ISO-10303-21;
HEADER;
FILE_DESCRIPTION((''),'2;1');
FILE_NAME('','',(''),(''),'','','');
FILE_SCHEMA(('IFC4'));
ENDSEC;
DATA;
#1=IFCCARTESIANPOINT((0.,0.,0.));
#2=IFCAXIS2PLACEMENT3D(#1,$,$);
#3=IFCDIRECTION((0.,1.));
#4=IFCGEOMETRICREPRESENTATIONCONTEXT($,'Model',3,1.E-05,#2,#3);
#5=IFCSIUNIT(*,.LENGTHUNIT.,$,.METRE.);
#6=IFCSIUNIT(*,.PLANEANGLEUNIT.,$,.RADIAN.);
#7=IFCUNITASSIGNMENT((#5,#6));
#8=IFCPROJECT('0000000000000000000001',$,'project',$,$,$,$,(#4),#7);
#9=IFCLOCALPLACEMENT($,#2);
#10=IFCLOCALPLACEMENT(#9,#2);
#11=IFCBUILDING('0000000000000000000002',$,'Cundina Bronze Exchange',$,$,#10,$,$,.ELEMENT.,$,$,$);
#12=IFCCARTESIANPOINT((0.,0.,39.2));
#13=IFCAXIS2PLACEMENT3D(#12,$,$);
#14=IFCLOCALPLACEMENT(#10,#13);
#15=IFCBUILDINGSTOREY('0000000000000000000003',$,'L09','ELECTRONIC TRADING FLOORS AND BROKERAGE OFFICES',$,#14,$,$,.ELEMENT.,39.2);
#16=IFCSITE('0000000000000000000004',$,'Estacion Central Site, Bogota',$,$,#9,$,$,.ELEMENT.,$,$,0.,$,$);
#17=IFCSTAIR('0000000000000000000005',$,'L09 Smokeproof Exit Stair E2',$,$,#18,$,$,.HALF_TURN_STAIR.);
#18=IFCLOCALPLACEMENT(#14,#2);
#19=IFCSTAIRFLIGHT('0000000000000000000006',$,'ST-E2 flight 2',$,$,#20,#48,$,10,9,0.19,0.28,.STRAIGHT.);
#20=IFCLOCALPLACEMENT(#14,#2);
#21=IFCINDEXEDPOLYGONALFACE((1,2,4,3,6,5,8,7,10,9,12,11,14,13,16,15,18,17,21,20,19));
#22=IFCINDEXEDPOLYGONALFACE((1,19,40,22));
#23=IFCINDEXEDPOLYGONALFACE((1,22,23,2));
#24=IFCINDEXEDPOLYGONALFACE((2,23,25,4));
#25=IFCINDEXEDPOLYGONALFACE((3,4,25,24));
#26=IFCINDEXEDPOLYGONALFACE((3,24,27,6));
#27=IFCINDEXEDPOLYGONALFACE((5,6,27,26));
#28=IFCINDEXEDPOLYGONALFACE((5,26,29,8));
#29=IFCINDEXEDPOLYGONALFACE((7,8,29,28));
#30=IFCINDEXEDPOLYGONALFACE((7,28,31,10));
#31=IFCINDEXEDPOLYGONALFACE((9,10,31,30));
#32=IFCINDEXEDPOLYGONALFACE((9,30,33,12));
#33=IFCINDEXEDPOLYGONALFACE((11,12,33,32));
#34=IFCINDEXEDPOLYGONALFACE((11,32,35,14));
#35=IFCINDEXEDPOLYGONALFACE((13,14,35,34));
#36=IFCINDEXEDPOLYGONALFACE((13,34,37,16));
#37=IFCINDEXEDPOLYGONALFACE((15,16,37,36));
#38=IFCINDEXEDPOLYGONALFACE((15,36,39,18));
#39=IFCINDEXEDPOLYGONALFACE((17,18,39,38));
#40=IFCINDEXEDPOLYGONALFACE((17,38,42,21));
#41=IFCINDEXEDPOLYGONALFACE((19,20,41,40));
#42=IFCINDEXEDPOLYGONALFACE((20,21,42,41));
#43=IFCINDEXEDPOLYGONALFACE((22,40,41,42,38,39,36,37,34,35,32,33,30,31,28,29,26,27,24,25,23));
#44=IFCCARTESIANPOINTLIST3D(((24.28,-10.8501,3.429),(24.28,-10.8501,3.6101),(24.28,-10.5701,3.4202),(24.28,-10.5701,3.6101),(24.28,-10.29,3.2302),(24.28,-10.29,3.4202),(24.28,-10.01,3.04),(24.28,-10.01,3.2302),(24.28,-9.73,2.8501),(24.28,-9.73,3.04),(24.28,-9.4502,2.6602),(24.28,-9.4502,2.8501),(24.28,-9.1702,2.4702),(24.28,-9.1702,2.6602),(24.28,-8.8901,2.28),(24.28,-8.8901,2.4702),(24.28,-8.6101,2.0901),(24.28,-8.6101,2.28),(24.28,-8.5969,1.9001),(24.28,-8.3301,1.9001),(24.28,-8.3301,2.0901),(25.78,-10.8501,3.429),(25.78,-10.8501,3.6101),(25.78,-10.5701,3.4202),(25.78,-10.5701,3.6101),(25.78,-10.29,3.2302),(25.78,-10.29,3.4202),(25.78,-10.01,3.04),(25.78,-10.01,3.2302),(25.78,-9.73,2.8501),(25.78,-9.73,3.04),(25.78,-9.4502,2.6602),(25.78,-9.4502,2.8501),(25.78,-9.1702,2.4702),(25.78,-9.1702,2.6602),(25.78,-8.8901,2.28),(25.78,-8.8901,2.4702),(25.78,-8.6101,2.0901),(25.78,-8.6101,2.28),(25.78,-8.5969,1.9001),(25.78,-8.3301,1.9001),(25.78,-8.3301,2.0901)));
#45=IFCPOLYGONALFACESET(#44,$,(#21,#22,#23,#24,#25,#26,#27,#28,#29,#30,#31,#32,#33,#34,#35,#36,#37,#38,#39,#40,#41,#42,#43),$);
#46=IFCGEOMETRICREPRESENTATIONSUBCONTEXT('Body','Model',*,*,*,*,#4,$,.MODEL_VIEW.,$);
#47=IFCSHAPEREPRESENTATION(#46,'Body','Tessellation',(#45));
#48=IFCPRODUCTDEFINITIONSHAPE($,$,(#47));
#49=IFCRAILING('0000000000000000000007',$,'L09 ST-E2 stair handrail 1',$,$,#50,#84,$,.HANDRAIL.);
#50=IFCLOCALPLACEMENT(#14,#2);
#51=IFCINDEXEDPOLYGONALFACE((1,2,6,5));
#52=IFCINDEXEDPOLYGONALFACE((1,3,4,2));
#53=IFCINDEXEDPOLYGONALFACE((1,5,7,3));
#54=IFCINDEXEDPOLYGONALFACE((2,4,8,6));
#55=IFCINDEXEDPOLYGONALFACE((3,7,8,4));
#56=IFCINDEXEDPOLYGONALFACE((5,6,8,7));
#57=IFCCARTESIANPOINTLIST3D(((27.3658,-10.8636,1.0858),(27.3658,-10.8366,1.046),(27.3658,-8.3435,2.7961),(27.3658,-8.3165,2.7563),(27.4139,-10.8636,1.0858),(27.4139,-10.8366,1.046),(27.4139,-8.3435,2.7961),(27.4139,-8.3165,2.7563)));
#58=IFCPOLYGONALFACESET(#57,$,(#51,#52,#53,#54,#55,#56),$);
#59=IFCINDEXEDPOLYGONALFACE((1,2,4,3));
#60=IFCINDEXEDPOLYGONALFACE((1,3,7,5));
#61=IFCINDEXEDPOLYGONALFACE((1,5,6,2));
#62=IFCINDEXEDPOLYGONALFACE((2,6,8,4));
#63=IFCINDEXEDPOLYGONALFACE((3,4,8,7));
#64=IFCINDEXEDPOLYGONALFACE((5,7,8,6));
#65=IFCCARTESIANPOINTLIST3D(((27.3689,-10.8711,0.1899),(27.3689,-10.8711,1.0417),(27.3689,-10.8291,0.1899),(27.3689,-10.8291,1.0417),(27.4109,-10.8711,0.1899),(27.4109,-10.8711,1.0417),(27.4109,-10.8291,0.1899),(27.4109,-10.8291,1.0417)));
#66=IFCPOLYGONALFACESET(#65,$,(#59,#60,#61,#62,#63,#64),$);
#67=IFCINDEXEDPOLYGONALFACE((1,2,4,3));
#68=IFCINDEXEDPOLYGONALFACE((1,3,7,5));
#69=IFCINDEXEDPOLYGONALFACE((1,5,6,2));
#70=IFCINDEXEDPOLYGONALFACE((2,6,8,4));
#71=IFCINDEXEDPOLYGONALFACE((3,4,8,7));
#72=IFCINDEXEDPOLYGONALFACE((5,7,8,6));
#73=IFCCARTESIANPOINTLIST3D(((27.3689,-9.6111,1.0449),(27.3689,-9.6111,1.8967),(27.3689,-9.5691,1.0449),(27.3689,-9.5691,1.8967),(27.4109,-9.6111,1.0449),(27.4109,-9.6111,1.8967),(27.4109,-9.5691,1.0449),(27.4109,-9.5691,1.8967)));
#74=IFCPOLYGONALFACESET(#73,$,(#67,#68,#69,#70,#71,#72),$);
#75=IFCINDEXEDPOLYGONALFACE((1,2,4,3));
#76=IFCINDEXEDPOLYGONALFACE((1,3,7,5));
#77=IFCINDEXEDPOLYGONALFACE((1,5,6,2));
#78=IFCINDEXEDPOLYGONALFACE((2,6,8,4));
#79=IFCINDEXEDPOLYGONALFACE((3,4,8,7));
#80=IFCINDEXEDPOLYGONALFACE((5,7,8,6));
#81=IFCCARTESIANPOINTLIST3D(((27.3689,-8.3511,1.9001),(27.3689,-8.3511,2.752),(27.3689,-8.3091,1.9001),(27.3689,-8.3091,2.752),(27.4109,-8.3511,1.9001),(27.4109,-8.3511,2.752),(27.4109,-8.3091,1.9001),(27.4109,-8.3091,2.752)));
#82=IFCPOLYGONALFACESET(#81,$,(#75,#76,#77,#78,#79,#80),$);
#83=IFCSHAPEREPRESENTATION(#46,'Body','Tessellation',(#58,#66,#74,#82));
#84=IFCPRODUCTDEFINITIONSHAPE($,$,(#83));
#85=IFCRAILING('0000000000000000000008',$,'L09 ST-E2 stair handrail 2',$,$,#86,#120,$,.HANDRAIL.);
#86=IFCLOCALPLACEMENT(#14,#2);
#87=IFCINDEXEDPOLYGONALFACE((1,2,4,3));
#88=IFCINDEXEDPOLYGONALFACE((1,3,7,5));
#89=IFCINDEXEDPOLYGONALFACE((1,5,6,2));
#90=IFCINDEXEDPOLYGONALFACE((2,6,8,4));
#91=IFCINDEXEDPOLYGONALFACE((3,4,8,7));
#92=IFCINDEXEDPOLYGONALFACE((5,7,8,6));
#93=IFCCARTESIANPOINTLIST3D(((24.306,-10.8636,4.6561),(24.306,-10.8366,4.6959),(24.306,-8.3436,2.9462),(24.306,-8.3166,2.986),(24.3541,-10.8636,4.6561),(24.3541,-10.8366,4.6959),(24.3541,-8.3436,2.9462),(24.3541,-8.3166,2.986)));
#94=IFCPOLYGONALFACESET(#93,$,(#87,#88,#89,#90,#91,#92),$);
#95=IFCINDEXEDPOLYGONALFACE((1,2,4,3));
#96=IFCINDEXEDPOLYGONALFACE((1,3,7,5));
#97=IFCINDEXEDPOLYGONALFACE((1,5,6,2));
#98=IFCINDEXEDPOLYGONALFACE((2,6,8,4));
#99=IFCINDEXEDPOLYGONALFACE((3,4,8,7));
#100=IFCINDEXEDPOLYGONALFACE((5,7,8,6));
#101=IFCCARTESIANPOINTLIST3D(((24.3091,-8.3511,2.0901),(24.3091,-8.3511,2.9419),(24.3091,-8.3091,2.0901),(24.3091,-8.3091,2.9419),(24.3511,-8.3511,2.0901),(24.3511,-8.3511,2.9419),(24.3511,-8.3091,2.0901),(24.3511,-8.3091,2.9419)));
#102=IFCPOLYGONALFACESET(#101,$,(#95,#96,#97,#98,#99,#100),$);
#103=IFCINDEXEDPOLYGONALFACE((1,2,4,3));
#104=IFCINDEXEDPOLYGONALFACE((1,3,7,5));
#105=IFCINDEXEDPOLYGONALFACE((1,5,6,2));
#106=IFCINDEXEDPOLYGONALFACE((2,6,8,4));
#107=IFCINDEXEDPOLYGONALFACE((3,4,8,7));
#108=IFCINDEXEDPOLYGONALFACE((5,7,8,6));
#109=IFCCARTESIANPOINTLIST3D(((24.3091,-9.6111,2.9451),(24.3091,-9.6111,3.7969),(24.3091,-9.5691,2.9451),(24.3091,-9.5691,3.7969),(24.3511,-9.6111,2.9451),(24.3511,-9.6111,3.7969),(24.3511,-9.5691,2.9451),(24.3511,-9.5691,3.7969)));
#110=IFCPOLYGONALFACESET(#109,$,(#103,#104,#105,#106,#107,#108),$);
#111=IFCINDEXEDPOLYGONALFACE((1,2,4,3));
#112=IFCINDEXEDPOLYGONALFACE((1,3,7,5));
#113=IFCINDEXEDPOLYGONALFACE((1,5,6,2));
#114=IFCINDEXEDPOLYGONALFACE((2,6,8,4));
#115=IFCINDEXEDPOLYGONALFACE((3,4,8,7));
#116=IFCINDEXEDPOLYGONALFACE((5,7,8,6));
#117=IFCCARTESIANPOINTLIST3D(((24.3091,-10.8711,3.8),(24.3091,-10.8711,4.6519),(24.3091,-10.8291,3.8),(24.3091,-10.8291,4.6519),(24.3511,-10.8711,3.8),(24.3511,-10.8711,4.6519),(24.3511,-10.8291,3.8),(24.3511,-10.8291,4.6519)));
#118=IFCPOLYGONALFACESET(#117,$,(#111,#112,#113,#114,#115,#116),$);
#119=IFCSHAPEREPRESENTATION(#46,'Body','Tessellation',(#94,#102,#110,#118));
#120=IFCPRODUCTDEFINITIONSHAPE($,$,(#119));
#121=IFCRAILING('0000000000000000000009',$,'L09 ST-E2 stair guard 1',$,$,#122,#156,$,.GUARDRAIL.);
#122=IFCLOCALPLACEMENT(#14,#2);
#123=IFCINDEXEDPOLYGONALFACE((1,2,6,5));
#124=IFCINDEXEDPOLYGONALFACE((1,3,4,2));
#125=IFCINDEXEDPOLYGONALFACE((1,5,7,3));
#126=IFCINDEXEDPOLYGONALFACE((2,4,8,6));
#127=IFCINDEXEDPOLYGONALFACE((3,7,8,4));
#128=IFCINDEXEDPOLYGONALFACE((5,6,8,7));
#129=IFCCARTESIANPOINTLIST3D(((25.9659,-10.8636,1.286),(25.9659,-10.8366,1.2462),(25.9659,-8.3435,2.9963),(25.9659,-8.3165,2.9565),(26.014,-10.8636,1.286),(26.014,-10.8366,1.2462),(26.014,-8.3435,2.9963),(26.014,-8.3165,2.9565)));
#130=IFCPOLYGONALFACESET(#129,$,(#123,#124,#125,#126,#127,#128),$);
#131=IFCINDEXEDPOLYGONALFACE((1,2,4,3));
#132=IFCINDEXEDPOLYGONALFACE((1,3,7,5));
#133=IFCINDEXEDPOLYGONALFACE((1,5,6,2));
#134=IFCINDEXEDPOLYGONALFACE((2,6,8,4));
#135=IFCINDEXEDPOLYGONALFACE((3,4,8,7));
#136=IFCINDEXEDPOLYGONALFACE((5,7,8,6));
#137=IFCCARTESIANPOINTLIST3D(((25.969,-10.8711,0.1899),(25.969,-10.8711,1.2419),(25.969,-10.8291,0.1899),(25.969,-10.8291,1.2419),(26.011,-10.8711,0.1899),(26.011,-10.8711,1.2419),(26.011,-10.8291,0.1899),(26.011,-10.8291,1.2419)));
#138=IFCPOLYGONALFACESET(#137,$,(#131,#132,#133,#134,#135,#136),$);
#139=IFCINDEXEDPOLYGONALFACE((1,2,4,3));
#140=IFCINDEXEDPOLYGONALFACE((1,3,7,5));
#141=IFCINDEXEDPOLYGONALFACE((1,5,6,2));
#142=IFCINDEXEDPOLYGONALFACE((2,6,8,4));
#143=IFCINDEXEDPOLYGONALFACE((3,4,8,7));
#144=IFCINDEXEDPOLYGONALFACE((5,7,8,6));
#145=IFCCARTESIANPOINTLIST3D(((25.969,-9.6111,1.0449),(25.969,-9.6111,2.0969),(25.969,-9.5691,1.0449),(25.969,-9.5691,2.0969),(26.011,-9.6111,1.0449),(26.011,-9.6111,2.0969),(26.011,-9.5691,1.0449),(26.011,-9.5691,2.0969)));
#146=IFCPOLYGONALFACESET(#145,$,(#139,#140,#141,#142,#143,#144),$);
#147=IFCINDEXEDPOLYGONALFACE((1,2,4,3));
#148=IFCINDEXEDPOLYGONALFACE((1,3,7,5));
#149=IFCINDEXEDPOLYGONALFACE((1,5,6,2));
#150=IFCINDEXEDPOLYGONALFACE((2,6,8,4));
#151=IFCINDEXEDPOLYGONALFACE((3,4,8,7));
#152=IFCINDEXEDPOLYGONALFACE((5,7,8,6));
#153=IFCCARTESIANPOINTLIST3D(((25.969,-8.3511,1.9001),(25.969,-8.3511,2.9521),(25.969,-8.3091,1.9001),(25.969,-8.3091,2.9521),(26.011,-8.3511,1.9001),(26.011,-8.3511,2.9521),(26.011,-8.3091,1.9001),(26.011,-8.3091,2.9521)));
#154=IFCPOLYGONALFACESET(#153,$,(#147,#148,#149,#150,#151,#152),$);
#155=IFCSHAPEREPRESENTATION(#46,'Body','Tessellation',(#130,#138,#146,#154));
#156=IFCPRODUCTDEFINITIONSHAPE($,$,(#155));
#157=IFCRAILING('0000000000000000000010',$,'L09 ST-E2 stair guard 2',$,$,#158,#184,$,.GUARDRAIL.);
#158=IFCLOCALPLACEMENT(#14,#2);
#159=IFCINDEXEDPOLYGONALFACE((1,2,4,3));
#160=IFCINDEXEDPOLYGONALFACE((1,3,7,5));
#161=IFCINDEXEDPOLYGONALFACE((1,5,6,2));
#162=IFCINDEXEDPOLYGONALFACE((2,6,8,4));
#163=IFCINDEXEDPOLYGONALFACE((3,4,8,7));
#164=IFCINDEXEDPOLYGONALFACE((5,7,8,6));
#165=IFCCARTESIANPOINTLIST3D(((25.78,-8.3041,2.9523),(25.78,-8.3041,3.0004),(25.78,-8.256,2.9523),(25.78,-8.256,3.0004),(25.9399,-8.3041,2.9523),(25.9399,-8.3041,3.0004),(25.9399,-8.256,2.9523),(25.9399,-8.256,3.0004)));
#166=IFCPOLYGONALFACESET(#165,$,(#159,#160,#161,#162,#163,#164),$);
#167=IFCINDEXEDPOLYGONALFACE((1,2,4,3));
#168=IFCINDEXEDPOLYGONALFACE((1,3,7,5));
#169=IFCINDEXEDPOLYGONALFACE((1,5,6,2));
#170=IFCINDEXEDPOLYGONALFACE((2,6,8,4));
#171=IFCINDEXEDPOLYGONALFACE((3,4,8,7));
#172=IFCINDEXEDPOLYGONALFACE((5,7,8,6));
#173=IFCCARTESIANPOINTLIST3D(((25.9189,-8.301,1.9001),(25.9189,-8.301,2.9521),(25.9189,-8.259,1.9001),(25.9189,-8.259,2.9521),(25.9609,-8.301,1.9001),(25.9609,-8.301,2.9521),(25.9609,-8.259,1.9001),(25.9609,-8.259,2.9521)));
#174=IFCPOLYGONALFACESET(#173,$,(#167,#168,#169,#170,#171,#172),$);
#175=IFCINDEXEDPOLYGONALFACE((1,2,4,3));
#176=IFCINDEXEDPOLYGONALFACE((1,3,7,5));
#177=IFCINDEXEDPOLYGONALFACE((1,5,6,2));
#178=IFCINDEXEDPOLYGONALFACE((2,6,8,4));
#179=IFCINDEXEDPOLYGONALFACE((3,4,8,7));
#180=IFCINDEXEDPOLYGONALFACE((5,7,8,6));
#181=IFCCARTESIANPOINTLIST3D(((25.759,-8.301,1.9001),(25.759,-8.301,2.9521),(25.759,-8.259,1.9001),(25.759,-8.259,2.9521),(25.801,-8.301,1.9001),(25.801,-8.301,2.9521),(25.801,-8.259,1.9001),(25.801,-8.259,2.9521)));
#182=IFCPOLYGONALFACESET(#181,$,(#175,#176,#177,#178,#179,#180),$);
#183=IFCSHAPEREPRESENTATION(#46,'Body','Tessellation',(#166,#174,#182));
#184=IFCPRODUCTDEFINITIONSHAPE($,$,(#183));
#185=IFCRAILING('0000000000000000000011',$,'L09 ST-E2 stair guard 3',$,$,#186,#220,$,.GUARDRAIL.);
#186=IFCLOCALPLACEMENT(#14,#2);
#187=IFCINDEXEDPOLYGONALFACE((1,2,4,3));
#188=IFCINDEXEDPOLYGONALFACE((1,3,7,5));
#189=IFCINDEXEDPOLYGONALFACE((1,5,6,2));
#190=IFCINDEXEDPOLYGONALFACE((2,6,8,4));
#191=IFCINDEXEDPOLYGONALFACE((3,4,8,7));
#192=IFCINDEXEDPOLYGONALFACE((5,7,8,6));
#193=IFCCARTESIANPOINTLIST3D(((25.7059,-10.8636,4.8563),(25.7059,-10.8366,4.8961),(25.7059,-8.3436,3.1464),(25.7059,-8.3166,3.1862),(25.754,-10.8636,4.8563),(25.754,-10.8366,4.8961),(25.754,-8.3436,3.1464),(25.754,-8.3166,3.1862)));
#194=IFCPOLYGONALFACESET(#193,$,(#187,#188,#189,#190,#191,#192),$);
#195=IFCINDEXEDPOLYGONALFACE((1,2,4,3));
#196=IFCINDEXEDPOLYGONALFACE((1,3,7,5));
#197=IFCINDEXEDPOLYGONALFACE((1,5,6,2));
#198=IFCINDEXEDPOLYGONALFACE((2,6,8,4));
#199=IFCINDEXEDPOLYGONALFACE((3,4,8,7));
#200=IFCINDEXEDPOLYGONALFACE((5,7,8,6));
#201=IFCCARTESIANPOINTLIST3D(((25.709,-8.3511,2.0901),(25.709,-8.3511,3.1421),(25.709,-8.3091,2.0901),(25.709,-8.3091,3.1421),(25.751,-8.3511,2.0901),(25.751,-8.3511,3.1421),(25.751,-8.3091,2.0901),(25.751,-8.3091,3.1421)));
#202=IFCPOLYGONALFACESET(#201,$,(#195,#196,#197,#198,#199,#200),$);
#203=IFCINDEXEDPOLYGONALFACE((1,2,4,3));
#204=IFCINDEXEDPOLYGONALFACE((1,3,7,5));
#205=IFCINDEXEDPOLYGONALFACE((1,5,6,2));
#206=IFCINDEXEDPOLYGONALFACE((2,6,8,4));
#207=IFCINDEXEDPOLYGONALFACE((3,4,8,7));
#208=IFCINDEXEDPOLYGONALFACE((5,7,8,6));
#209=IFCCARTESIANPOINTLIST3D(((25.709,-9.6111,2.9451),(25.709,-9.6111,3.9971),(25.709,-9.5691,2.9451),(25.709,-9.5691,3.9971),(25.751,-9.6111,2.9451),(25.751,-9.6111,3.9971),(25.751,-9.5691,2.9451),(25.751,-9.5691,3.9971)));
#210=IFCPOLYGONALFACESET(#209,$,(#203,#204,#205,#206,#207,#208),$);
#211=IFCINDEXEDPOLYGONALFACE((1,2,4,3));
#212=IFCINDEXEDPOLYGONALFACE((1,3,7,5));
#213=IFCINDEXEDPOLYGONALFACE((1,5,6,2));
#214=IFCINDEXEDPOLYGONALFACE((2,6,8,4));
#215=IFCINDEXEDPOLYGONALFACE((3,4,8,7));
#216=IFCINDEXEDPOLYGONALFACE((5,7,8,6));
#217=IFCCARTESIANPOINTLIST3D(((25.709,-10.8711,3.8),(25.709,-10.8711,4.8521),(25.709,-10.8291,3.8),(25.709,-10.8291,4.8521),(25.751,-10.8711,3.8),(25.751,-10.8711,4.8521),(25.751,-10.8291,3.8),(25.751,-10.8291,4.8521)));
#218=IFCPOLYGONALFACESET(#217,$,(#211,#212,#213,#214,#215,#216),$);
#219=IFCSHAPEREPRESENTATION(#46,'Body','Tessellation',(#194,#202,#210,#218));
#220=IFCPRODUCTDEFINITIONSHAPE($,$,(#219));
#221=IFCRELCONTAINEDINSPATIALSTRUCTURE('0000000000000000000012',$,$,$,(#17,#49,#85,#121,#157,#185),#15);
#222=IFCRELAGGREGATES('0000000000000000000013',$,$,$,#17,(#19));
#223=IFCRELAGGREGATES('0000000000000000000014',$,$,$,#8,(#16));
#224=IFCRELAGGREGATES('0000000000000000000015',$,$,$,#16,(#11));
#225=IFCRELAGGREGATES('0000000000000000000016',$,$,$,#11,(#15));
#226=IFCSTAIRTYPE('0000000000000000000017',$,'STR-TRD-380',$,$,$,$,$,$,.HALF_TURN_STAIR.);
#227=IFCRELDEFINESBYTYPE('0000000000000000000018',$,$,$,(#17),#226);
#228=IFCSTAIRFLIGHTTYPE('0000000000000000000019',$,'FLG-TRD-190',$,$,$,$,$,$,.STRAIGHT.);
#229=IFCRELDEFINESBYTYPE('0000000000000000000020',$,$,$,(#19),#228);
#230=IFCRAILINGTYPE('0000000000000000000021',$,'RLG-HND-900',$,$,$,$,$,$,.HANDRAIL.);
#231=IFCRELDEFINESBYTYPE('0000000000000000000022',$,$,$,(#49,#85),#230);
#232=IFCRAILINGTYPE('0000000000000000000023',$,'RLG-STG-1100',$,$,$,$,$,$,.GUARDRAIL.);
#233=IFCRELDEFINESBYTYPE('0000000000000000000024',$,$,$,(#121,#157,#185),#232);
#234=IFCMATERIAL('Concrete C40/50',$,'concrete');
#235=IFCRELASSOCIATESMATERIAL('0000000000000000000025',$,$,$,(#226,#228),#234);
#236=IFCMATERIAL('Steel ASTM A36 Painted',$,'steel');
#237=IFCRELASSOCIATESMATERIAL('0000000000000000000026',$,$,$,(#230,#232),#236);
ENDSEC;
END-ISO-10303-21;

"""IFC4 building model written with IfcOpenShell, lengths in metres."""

from ifc_helpers import new_model, si_unit, direction, frame, origin, origin_2d, place, context, subcontext, project, spatial, polyline, rectangle, outline, extrude, material, type_object, element, aggregate, save


model = new_model("IFC4")

# Units and contexts
model_context = context("Model", 3, precision=1e-05, world=origin(), true_north=direction((0.0, 1.0)))
body_context = subcontext(model_context, "Body", "Model", "MODEL_VIEW")
ifc_project = project(units=[si_unit("LENGTHUNIT", "METRE"), si_unit("PLANEANGLEUNIT", "RADIAN")], contexts=[model_context])

# Site, building, storey
site_placement = place(None, origin())
site = spatial("IfcSite", under=ifc_project, at=site_placement, Name="Estacion Central Site, Bogota", CompositionType="ELEMENT", RefElevation=0.0)
building_placement = place(site_placement, origin())
building = spatial("IfcBuilding", under=site, at=building_placement, Name="Cundina Bronze Exchange", CompositionType="ELEMENT")
storey_placement = place(building_placement, frame((0.0, 0.0, 39.2)))
storey = spatial("IfcBuildingStorey", under=building, at=storey_placement, Name="L09", Description="ELECTRONIC TRADING FLOORS AND BROKERAGE OFFICES", CompositionType="ELEMENT", Elevation=39.2)

# Shared definitions
ifc_material_1 = material(Name="Steel ASTM A36 Painted", Category="steel")

# Stair, stair flight
ifc_material_2 = material(Name="Concrete C40/50", Category="concrete")
stair_type = type_object("IfcStairType", Name="STR-TRD-380", PredefinedType="HALF_TURN_STAIR", material=ifc_material_2)
stair_placement = place(storey_placement, origin())
stair = element("IfcStair", 1, at=stair_placement, inside=storey, type_object=stair_type, Name="L09 Smokeproof Exit Stair E2", PredefinedType="HALF_TURN_STAIR")
stair_flight_type = type_object("IfcStairFlightType", Name="FLG-TRD-190", PredefinedType="STRAIGHT", material=ifc_material_2)
stair_flight_1_placement = place(storey_placement, frame((25.03, -8.3301, 1.9001), z_axis=(0.0, 0.0, 1.0), x_axis=(0.0, -1.0, 0.0)))
stair_flight_1 = element("IfcStairFlight", 2, at=stair_flight_1_placement, type_object=stair_flight_type, Name="ST-E2 flight 2", NumberOfRisers=10, NumberOfTreads=9, PredefinedType="STRAIGHT", RiserHeight=0.19, TreadLength=0.28, context=body_context, shape_type="SweptSolid", body=[
    extrude(outline(polyline([(0.0, 0.0), (0.0, 0.1899), (0.28, 0.1899), (0.28, 0.3799), (0.5601, 0.3799), (0.5601, 0.5701), (0.8401, 0.5701), (0.8401, 0.76), (1.1201, 0.76), (1.1201, 0.95), (1.3999, 0.95), (1.3999, 1.1399), (1.6799, 1.1399), (1.6799, 1.3301), (1.96, 1.3301), (1.96, 1.52), (2.24, 1.52), (2.24, 1.71), (2.52, 1.71), (2.52, 1.8999), (2.52, 1.5288), (0.2668, 0.0), (0.0, 0.0)])), frame((0.0, 0.75, 0.0), z_axis=(0.0, -1.0, 0.0), x_axis=(1.0, 0.0, 0.0)), (0.0, 0.0, 1.0), 1.5),
])
aggregate(stair, [stair_flight_1])

# Railings
railing_type_1 = type_object("IfcRailingType", Name="RLG-HND-900", PredefinedType="HANDRAIL", material=ifc_material_1)
railing_1_placement = place(storey_placement, frame((27.3899, -10.8501, 0.1899)))
element("IfcRailing", 3, at=railing_1_placement, inside=storey, type_object=railing_type_1, Name="L09 ST-E2 stair handrail 1", PredefinedType="HANDRAIL", context=body_context, shape_type="SweptSolid", body=[
    extrude(rectangle(XDim=0.0481, YDim=0.0481, at=origin_2d()), frame((0.0, 0.0, 0.876), z_axis=(0.0, 0.827447, 0.561545), x_axis=(-1.0, 0.0, 0.0)), (0.0, 0.0, 1.0), 3.0457),
    extrude(rectangle(XDim=0.042, YDim=0.042, at=origin_2d()), origin(), (0.0, 0.0, 1.0), 0.8518),
    extrude(rectangle(XDim=0.042, YDim=0.042, at=origin_2d()), frame((0.0, 1.26, 0.855)), (0.0, 0.0, 1.0), 0.8518),
    extrude(rectangle(XDim=0.042, YDim=0.042, at=origin_2d()), frame((0.0, 2.52, 1.7102)), (0.0, 0.0, 1.0), 0.8518),
])
railing_2_placement = place(storey_placement, frame((24.3301, -8.3301, 2.0901)))
element("IfcRailing", 4, at=railing_2_placement, inside=storey, type_object=railing_type_1, Name="L09 ST-E2 stair handrail 2", PredefinedType="HANDRAIL", context=body_context, shape_type="SweptSolid", body=[
    extrude(rectangle(XDim=0.0481, YDim=0.0481, at=origin_2d()), frame((0.0, 0.0, 0.876), z_axis=(0.0, -0.827484, 0.56149), x_axis=(1.0, 0.0, 0.0)), (0.0, 0.0, 1.0), 3.0454),
    extrude(rectangle(XDim=0.042, YDim=0.042, at=origin_2d()), origin(), (0.0, 0.0, 1.0), 0.8518),
    extrude(rectangle(XDim=0.042, YDim=0.042, at=origin_2d()), frame((0.0, -1.26, 0.855)), (0.0, 0.0, 1.0), 0.8518),
    extrude(rectangle(XDim=0.042, YDim=0.042, at=origin_2d()), frame((0.0, -2.52, 1.71)), (0.0, 0.0, 1.0), 0.8518),
])
railing_type_2 = type_object("IfcRailingType", Name="RLG-STG-1100", PredefinedType="GUARDRAIL", material=ifc_material_1)
railing_3_placement = place(storey_placement, frame((25.99, -10.8501, 0.1899)))
element("IfcRailing", 5, at=railing_3_placement, inside=storey, type_object=railing_type_2, Name="L09 ST-E2 stair guard 1", PredefinedType="GUARDRAIL", context=body_context, shape_type="SweptSolid", body=[
    extrude(rectangle(XDim=0.0481, YDim=0.0481, at=origin_2d()), frame((0.0, 0.0, 1.0762), z_axis=(0.0, 0.827447, 0.561545), x_axis=(-1.0, 0.0, 0.0)), (0.0, 0.0, 1.0), 3.0457),
    extrude(rectangle(XDim=0.042, YDim=0.042, at=origin_2d()), origin(), (0.0, 0.0, 1.0), 1.052),
    extrude(rectangle(XDim=0.042, YDim=0.042, at=origin_2d()), frame((0.0, 1.26, 0.855)), (0.0, 0.0, 1.0), 1.052),
    extrude(rectangle(XDim=0.042, YDim=0.042, at=origin_2d()), frame((0.0, 2.52, 1.7102)), (0.0, 0.0, 1.0), 1.052),
])
railing_4_placement = place(storey_placement, frame((25.9399, -8.28, 1.9001)))
element("IfcRailing", 6, at=railing_4_placement, inside=storey, type_object=railing_type_2, Name="L09 ST-E2 stair guard 2", PredefinedType="GUARDRAIL", context=body_context, shape_type="SweptSolid", body=[
    extrude(rectangle(XDim=0.0481, YDim=0.0481, at=origin_2d()), frame((0.0, 0.0, 1.0762), z_axis=(-1.0, 0.0, 0.0), x_axis=(0.0, -1.0, 0.0)), (0.0, 0.0, 1.0), 0.1599),
    extrude(rectangle(XDim=0.042, YDim=0.042, at=origin_2d()), origin(), (0.0, 0.0, 1.0), 1.052),
    extrude(rectangle(XDim=0.042, YDim=0.042, at=origin_2d()), frame((-0.1599, 0.0, 0.0)), (0.0, 0.0, 1.0), 1.052),
])
railing_5_placement = place(storey_placement, frame((25.73, -8.3301, 2.0901)))
element("IfcRailing", 7, at=railing_5_placement, inside=storey, type_object=railing_type_2, Name="L09 ST-E2 stair guard 3", PredefinedType="GUARDRAIL", context=body_context, shape_type="SweptSolid", body=[
    extrude(rectangle(XDim=0.0481, YDim=0.0481, at=origin_2d()), frame((0.0, 0.0, 1.0762), z_axis=(0.0, -0.827484, 0.56149), x_axis=(1.0, 0.0, 0.0)), (0.0, 0.0, 1.0), 3.0454),
    extrude(rectangle(XDim=0.042, YDim=0.042, at=origin_2d()), origin(), (0.0, 0.0, 1.0), 1.052),
    extrude(rectangle(XDim=0.042, YDim=0.042, at=origin_2d()), frame((0.0, -1.26, 0.855)), (0.0, 0.0, 1.0), 1.052),
    extrude(rectangle(XDim=0.042, YDim=0.042, at=origin_2d()), frame((0.0, -2.52, 1.71)), (0.0, 0.0, 1.0), 1.052),
])

save(model, "model.ifc")
